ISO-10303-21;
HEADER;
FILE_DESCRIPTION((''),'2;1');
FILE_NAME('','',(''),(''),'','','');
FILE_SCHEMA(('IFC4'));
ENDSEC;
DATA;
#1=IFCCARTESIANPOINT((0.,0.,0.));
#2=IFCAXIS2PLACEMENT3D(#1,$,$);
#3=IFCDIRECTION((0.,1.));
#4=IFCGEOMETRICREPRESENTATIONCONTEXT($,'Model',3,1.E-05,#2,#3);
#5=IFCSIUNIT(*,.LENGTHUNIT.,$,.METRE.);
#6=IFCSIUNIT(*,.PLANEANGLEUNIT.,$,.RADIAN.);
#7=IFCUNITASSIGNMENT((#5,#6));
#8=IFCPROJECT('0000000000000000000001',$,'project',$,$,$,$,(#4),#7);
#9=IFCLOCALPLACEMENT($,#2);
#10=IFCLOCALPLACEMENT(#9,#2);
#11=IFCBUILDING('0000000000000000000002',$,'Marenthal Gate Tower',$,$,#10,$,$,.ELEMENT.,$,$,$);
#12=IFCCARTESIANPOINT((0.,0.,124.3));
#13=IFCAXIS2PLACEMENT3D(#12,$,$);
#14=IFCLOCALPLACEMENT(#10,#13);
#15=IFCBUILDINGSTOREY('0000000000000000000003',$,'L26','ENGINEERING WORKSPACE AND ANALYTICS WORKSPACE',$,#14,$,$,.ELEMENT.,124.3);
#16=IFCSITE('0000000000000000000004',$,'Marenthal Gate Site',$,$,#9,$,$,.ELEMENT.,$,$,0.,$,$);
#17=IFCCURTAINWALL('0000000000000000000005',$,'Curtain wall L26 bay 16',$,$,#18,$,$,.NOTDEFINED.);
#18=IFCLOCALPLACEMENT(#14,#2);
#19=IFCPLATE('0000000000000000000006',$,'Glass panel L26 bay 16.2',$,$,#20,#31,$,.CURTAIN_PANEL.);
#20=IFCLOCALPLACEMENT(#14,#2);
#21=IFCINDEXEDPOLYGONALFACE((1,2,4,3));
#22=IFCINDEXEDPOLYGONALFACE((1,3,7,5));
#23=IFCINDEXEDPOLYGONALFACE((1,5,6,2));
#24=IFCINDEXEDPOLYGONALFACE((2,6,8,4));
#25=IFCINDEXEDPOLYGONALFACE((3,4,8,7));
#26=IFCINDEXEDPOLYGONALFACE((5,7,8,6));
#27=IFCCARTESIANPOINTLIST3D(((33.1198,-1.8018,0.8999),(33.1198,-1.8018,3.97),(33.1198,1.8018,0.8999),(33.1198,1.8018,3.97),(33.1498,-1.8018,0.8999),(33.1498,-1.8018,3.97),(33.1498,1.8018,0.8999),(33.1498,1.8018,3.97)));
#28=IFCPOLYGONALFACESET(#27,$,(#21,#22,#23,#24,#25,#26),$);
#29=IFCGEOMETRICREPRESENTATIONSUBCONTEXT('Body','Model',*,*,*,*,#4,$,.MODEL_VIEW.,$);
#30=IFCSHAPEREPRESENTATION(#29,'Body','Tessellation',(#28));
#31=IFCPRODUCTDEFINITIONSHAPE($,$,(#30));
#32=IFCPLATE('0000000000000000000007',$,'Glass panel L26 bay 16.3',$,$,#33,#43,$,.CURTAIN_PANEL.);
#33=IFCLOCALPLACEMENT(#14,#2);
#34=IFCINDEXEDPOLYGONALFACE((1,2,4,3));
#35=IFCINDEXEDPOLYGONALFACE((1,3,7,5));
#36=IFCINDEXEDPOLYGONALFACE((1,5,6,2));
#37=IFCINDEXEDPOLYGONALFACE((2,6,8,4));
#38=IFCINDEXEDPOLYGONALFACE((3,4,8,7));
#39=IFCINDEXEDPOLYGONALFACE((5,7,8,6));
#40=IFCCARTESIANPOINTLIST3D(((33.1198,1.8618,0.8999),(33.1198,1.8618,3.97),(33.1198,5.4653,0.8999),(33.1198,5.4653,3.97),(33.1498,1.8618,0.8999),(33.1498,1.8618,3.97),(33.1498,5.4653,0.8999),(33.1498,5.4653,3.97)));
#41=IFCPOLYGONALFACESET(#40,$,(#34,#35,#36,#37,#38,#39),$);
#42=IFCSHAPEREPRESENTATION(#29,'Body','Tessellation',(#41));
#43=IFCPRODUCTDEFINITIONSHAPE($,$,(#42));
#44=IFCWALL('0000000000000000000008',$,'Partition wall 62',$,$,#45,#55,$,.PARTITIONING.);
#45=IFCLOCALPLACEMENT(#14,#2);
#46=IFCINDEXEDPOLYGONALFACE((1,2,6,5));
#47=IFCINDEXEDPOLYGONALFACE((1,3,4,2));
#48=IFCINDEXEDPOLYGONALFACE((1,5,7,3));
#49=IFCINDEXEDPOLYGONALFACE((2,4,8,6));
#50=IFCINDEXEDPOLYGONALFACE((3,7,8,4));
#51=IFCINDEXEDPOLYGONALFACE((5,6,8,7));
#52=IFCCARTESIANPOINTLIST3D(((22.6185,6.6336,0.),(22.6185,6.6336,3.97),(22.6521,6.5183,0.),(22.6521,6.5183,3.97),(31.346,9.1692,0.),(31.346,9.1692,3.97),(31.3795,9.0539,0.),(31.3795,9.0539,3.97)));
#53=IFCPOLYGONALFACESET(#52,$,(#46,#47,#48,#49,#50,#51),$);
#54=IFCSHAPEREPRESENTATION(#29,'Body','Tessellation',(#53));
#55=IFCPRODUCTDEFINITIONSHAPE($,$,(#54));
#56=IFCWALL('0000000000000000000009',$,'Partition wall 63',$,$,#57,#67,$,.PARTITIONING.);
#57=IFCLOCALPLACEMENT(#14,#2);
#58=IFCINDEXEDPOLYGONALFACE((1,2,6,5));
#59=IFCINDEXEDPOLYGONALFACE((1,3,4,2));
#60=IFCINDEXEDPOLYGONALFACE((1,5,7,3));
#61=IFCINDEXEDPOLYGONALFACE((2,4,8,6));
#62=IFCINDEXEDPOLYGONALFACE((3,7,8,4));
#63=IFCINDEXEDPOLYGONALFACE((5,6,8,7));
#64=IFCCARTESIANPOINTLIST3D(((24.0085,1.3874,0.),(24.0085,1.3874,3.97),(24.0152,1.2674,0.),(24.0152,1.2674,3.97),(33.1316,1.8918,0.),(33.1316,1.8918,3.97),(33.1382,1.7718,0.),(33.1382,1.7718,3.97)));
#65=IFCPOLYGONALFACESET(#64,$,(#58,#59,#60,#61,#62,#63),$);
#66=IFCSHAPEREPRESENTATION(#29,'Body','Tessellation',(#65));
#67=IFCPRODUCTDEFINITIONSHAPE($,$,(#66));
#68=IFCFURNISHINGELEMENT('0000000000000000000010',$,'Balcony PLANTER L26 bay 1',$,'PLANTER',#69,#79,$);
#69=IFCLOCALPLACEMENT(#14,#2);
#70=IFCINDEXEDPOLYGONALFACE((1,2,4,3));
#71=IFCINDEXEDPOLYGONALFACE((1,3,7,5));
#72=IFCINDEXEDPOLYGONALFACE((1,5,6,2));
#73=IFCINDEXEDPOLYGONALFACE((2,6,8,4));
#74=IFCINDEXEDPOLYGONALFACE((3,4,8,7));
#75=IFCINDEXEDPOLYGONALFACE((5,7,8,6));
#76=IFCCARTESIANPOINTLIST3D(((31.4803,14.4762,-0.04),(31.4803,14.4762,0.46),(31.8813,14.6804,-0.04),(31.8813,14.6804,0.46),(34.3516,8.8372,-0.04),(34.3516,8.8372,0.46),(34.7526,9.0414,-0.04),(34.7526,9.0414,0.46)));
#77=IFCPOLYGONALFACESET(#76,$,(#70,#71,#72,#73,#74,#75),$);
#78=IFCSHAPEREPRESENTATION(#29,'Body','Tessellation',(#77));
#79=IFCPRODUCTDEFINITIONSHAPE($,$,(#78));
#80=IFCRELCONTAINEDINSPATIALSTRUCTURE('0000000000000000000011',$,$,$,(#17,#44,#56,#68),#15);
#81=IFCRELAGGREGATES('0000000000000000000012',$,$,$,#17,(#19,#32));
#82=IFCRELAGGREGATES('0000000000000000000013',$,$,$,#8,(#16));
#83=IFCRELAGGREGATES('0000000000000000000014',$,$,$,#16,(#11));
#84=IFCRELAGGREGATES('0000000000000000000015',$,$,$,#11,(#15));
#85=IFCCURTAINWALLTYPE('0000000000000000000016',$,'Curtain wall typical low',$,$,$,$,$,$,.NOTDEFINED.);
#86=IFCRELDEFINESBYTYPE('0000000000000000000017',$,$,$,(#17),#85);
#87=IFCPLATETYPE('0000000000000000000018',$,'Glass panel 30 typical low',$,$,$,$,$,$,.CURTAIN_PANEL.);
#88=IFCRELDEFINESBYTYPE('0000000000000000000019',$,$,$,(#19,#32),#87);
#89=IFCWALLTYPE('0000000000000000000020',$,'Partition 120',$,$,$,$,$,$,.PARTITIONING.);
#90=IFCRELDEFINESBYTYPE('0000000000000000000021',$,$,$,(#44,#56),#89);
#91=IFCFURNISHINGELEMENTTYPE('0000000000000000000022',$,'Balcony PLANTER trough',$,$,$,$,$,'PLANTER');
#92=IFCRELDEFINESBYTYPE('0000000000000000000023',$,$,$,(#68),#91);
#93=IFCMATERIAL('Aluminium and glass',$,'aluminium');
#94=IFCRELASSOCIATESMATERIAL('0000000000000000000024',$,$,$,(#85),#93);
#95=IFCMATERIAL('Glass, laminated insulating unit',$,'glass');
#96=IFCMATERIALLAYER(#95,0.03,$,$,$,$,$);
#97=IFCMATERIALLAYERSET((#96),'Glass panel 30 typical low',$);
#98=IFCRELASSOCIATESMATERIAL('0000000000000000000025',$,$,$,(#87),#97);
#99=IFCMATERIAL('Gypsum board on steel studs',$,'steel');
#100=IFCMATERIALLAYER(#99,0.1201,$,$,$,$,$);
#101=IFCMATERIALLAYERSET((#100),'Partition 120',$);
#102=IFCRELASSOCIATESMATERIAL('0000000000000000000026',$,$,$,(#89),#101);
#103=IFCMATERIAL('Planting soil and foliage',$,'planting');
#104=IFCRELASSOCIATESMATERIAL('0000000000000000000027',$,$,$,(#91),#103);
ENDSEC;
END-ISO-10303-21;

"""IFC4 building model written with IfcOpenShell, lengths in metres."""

from ifc_helpers import new_model, si_unit, direction, frame, frame_2d, origin, origin_2d, place, context, subcontext, project, spatial, rectangle, extrude, material, layer, layer_set, type_object, element, aggregate, save


model = new_model("IFC4")

# Units and contexts
model_context = context("Model", 3, precision=1e-05, world=origin(), true_north=direction((0.0, 1.0)))
body_context = subcontext(model_context, "Body", "Model", "MODEL_VIEW")
ifc_project = project(units=[si_unit("LENGTHUNIT", "METRE"), si_unit("PLANEANGLEUNIT", "RADIAN")], contexts=[model_context])

# Site, building, storey
site_placement = place(None, origin())
site = spatial("IfcSite", under=ifc_project, at=site_placement, Name="Marenthal Gate Site", CompositionType="ELEMENT", RefElevation=0.0)
building_placement = place(site_placement, origin())
building = spatial("IfcBuilding", under=site, at=building_placement, Name="Marenthal Gate Tower", CompositionType="ELEMENT")
storey_placement = place(building_placement, frame((0.0, 0.0, 124.3)))
storey = spatial("IfcBuildingStorey", under=building, at=storey_placement, Name="L26", Description="ENGINEERING WORKSPACE AND ANALYTICS WORKSPACE", CompositionType="ELEMENT", Elevation=124.3)

# Curtain wall
ifc_material_1 = material(Name="Aluminium and glass", Category="aluminium")
curtain_wall_type = type_object("IfcCurtainWallType", Name="Curtain wall typical low", PredefinedType="NOTDEFINED", material=ifc_material_1)
curtain_wall_placement = place(storey_placement, origin())
curtain_wall = element("IfcCurtainWall", 1, at=curtain_wall_placement, inside=storey, type_object=curtain_wall_type, Name="Curtain wall L26 bay 16", PredefinedType="NOTDEFINED")

# Plates
ifc_material_2 = material(Name="Glass, laminated insulating unit", Category="glass")
ifc_layer_1 = layer(ifc_material_2, 0.03)
ifc_layer_set_1 = layer_set([ifc_layer_1], Name="Glass panel 30 typical low")
plate_type = type_object("IfcPlateType", Name="Glass panel 30 typical low", PredefinedType="CURTAIN_PANEL", material=ifc_layer_set_1)
plate_1_placement = place(storey_placement, frame((33.1348, 0.0, 0.8999), z_axis=(0.0, 0.0, 1.0), x_axis=(0.0, 1.0, 0.0)))
plate_1 = element("IfcPlate", 2, at=plate_1_placement, type_object=plate_type, Name="Glass panel L26 bay 16.2", PredefinedType="CURTAIN_PANEL", context=body_context, shape_type="SweptSolid", body=[
    extrude(rectangle(XDim=3.6035, YDim=0.03, at=origin_2d()), origin(), (0.0, 0.0, 1.0), 3.0701),
])
plate_2_placement = place(storey_placement, frame((33.1348, 3.6636, 0.8999), z_axis=(0.0, 0.0, 1.0), x_axis=(0.0, 1.0, 0.0)))
plate_2 = element("IfcPlate", 3, at=plate_2_placement, type_object=plate_type, Name="Glass panel L26 bay 16.3", PredefinedType="CURTAIN_PANEL", context=body_context, shape_type="SweptSolid", body=[
    extrude(rectangle(XDim=3.6035, YDim=0.03, at=origin_2d()), origin(), (0.0, 0.0, 1.0), 3.0701),
])
aggregate(curtain_wall, [plate_1, plate_2])

# Walls
ifc_material_3 = material(Name="Gypsum board on steel studs", Category="steel")
ifc_layer_2 = layer(ifc_material_3, 0.1201)
ifc_layer_set_2 = layer_set([ifc_layer_2], Name="Partition 120")
wall_type_1 = type_object("IfcWallType", Name="Partition 120", PredefinedType="PARTITIONING", material=ifc_layer_set_2)
wall_1_placement = place(storey_placement, frame((31.3628, 9.1116, 0.0), z_axis=(0.0, 0.0, 1.0), x_axis=(-0.960292, -0.278997, 0.0)))
element("IfcWall", 4, at=wall_1_placement, inside=storey, type_object=wall_type_1, Name="Partition wall 62", PredefinedType="PARTITIONING", context=body_context, shape_type="SweptSolid", body=[
    extrude(rectangle(XDim=9.0884, YDim=0.1201, at=frame_2d((4.5442, 0.0))), origin(), (0.0, 0.0, 1.0), 3.97),
])
wall_2_placement = place(storey_placement, frame((33.1348, 1.8318, 0.0), z_axis=(0.0, 0.0, 1.0), x_axis=(-0.998475, -0.055204, 0.0)))
element("IfcWall", 5, at=wall_2_placement, inside=storey, type_object=wall_type_1, Name="Partition wall 63", PredefinedType="PARTITIONING", context=body_context, shape_type="SweptSolid", body=[
    extrude(rectangle(XDim=9.137, YDim=0.1201, at=frame_2d((4.5684, 0.0))), origin(), (0.0, 0.0, 1.0), 3.97),
])

# Furnishing element
ifc_material_4 = material(Name="Planting soil and foliage", Category="planting")
furnishing_element_type = type_object("IfcFurnishingElementType", Name="Balcony PLANTER trough", ElementType="PLANTER", material=ifc_material_4)
furnishing_placement = place(storey_placement, frame((33.1165, 11.7588, -0.04), z_axis=(0.0, 0.0, 1.0), x_axis=(-0.453749, 0.89113, 0.0)))
element("IfcFurnishingElement", 6, at=furnishing_placement, inside=storey, type_object=furnishing_element_type, Name="Balcony PLANTER L26 bay 1", ObjectType="PLANTER", context=body_context, shape_type="SweptSolid", body=[
    extrude(rectangle(XDim=6.3279, YDim=0.45, at=origin_2d()), origin(), (0.0, 0.0, 1.0), 0.5),
])

save(model, "model.ifc")
